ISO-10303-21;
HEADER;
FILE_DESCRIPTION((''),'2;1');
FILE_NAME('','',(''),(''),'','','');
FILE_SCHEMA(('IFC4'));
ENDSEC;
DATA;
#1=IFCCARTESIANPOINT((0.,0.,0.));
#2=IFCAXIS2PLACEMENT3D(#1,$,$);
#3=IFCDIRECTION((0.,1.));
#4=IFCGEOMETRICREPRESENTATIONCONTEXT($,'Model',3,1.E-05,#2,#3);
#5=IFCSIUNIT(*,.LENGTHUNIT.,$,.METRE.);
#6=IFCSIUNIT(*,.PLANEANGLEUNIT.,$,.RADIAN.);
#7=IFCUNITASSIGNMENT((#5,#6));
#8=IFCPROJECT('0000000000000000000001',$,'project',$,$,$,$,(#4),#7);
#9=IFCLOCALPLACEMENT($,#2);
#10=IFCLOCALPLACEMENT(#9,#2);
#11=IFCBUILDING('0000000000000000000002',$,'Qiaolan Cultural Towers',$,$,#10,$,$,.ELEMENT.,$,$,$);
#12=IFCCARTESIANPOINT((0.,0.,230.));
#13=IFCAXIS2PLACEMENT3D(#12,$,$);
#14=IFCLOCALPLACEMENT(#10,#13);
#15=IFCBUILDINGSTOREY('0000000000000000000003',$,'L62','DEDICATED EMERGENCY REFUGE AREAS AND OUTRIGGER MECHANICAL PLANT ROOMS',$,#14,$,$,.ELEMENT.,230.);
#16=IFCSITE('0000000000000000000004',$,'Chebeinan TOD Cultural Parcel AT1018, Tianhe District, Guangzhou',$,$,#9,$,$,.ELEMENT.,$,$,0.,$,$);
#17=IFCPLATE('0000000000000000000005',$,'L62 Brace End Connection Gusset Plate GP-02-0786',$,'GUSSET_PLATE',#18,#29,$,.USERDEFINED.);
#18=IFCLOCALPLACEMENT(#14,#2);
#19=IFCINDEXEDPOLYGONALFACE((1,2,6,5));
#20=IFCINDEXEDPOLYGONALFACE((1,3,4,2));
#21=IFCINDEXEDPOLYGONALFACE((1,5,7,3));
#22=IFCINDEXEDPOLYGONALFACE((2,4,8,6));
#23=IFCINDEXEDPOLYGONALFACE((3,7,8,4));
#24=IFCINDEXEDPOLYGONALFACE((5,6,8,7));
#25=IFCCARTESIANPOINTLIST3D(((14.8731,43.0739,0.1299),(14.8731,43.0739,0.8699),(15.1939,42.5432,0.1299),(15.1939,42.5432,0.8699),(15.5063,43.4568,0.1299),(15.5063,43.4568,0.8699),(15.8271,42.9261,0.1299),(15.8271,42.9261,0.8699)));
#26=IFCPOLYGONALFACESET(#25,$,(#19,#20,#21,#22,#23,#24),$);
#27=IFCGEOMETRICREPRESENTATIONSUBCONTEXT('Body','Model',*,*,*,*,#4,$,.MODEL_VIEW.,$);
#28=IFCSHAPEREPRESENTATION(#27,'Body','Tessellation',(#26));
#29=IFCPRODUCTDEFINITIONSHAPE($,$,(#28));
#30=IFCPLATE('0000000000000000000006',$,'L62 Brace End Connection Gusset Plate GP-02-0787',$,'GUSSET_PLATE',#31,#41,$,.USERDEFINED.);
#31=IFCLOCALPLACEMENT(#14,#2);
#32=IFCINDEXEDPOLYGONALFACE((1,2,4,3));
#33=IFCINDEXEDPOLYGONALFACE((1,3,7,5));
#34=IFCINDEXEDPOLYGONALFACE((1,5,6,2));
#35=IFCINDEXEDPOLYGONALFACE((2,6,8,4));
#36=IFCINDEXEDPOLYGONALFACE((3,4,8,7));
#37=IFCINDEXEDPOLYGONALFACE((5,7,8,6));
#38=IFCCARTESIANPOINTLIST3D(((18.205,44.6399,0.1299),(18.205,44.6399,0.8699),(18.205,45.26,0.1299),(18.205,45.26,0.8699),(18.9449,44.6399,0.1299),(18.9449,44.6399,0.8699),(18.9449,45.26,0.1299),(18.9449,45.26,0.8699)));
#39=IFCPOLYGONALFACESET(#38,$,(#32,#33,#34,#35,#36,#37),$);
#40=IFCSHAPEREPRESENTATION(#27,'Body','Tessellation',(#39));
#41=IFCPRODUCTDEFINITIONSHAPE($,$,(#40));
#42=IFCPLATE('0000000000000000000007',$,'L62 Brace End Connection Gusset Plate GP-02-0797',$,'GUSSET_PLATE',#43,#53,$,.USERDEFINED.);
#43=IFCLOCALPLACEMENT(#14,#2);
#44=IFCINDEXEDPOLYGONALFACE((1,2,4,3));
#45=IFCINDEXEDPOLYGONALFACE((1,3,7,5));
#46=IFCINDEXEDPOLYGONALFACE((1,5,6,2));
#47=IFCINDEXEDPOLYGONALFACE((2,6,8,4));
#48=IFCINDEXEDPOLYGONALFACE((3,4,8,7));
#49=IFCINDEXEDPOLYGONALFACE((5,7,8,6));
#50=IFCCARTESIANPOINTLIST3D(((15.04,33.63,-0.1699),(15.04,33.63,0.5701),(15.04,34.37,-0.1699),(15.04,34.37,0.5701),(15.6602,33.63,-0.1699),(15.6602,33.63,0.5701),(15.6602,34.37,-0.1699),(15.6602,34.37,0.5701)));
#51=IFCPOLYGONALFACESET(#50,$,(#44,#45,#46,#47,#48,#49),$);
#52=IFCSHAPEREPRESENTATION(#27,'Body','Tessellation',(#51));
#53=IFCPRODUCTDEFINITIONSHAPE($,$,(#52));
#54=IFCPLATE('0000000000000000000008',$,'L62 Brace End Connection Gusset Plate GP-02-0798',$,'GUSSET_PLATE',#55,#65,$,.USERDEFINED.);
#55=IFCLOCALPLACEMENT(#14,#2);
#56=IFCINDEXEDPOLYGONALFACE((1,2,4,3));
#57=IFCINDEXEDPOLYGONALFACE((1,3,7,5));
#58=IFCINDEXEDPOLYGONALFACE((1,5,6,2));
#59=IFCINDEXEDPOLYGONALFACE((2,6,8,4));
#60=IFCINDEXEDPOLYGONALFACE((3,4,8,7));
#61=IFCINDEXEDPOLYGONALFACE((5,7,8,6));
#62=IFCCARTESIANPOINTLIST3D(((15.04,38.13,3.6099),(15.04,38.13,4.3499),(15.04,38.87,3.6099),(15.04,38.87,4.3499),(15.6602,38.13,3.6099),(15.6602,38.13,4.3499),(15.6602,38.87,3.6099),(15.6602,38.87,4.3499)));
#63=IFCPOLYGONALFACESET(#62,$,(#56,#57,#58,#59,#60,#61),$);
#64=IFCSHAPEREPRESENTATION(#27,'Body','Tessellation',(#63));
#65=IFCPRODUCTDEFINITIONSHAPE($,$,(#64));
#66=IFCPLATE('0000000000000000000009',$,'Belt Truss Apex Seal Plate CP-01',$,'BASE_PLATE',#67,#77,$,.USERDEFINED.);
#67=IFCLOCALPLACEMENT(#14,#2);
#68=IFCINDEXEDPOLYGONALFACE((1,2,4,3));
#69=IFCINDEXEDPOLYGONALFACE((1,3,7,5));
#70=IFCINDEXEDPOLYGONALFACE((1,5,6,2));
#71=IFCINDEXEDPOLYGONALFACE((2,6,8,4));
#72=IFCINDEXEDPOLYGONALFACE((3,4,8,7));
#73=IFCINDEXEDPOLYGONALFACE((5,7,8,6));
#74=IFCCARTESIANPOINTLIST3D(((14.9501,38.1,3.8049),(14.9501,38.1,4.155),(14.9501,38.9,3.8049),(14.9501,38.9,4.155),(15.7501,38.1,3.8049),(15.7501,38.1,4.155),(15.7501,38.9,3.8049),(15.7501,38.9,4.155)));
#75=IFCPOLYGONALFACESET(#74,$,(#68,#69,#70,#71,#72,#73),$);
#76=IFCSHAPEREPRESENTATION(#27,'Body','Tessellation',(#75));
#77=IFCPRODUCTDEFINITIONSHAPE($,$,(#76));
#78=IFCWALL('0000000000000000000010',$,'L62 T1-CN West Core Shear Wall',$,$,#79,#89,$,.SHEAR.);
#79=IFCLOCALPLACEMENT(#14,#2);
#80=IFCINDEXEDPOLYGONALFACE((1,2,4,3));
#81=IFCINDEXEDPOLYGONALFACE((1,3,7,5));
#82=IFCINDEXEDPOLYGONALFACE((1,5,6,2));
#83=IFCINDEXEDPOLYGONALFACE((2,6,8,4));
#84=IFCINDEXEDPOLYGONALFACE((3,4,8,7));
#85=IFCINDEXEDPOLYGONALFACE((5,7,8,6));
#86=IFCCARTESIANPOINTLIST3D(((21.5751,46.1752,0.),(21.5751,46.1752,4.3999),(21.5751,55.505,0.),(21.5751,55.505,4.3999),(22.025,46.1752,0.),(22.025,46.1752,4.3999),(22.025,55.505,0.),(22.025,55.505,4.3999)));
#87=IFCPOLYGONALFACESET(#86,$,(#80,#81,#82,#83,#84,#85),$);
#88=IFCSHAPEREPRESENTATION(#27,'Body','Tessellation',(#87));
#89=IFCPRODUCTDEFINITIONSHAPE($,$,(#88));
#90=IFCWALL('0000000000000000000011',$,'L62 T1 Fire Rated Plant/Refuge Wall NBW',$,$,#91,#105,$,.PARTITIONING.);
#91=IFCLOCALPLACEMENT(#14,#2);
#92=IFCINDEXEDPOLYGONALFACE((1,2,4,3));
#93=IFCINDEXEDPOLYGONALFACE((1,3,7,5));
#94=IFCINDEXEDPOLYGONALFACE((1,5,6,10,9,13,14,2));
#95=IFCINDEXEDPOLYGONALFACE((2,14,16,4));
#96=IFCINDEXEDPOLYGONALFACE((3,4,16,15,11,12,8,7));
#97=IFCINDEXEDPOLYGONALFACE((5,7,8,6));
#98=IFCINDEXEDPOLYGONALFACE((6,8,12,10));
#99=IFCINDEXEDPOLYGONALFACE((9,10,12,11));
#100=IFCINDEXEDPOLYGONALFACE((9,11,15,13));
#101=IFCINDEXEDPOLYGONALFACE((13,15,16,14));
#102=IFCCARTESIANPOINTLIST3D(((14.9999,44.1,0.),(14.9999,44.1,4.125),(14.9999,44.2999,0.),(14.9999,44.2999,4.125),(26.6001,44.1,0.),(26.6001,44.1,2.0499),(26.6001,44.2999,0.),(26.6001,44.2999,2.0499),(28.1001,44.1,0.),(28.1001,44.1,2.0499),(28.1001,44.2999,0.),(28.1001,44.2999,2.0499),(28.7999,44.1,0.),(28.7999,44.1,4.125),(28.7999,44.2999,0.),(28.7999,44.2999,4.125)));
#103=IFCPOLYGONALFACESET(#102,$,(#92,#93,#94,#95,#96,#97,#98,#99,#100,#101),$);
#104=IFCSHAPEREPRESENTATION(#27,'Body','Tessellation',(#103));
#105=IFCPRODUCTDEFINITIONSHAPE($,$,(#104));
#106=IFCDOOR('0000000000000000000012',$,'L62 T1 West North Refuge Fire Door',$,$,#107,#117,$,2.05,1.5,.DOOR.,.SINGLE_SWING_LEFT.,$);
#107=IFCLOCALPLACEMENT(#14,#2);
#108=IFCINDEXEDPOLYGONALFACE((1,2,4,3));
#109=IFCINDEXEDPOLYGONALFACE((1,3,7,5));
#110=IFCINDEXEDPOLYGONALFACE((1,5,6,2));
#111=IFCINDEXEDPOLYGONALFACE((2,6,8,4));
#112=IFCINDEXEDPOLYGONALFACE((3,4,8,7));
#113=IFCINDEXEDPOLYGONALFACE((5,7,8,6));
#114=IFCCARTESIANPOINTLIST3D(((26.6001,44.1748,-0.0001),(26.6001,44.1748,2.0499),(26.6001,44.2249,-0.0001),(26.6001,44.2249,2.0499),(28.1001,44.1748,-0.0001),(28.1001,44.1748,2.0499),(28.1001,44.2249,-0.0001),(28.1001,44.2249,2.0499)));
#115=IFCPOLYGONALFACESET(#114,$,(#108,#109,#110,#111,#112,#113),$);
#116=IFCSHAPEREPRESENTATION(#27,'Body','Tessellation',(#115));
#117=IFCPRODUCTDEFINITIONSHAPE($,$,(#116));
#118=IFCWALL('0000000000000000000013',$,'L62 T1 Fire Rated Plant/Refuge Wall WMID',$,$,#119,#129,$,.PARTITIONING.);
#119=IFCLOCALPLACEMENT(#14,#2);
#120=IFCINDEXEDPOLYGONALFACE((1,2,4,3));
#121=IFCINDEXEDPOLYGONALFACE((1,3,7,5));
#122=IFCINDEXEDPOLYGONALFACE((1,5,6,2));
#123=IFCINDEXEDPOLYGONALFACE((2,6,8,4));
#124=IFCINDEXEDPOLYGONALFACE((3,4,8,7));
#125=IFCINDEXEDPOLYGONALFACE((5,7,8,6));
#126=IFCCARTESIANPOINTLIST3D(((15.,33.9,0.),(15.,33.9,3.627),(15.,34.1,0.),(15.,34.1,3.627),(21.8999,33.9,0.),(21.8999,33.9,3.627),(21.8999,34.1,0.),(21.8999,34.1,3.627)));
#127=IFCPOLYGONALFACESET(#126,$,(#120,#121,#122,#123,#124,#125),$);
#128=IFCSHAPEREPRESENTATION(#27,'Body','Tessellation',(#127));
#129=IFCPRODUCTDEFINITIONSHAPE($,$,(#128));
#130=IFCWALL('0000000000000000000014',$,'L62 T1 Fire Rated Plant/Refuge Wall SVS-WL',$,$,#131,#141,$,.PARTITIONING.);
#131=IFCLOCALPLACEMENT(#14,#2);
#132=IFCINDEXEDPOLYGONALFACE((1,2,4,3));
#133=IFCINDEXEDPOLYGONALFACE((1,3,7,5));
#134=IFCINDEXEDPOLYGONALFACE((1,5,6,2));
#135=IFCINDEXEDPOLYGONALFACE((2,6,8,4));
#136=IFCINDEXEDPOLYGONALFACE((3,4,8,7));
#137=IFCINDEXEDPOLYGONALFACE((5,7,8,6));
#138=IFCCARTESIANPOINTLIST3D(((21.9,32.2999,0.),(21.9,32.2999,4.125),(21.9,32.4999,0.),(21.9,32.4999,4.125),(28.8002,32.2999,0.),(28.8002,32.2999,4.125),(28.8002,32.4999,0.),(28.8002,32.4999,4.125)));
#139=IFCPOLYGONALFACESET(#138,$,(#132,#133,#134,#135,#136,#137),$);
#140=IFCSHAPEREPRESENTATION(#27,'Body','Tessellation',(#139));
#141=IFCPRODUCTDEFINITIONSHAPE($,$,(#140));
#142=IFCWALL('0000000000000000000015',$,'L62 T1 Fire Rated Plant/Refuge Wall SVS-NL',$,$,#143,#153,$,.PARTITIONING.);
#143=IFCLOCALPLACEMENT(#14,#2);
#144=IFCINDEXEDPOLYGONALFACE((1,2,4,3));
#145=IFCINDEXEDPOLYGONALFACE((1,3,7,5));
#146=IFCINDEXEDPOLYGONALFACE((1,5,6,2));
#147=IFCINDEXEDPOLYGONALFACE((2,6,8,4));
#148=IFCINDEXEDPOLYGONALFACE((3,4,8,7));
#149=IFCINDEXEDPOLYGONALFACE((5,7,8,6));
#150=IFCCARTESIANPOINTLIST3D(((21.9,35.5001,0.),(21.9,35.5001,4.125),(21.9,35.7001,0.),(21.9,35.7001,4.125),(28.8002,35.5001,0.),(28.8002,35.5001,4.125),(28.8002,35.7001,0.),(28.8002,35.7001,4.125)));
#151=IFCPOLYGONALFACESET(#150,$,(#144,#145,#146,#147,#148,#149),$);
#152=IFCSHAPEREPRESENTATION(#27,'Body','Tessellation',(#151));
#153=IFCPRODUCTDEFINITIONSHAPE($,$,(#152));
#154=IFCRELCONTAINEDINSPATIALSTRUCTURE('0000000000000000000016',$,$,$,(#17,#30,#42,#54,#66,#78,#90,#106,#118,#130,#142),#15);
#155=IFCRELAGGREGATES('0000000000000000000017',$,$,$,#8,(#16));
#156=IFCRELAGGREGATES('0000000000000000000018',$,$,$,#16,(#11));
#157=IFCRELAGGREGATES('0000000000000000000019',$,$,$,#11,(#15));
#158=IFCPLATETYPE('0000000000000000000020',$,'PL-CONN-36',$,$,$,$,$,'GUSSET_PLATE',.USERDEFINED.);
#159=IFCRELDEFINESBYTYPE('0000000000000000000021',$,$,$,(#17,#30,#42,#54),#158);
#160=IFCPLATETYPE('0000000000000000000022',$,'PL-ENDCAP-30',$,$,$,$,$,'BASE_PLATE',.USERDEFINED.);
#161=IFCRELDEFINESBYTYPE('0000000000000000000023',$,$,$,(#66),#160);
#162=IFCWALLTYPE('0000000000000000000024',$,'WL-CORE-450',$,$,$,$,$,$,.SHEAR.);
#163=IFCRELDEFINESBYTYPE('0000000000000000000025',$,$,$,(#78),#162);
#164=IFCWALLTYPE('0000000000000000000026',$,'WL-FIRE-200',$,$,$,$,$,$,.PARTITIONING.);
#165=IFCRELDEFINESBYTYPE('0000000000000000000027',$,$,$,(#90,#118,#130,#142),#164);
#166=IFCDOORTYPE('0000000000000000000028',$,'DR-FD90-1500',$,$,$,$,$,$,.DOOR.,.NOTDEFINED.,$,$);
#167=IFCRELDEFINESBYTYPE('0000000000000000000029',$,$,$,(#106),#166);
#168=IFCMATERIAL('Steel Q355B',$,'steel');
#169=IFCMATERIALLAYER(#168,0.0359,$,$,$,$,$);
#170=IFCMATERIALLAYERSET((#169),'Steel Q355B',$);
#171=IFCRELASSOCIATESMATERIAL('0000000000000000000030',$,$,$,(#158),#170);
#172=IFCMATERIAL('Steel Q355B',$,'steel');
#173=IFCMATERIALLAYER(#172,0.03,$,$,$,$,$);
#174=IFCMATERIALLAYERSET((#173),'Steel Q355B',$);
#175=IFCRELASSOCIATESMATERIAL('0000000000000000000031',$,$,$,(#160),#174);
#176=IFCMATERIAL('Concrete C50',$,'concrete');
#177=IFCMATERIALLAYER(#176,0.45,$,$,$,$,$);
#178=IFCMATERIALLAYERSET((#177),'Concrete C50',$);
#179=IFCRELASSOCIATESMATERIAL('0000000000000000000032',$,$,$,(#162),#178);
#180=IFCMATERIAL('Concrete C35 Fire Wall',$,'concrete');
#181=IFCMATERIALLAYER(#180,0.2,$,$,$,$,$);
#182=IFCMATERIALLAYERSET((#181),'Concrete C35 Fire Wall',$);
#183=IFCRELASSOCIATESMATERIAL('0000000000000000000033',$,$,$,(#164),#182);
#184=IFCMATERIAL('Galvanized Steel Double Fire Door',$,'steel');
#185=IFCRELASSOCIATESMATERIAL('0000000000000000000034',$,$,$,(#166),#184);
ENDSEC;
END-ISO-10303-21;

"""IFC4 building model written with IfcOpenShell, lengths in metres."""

from ifc_helpers import new_model, si_unit, direction, frame, frame_2d, origin, origin_2d, place, context, subcontext, project, spatial, rectangle, extrude, material, layer, layer_set, type_object, element, fill, save


model = new_model("IFC4")

# Units and contexts
model_context = context("Model", 3, precision=1e-05, world=origin(), true_north=direction((0.0, 1.0)))
body_context = subcontext(model_context, "Body", "Model", "MODEL_VIEW")
ifc_project = project(units=[si_unit("LENGTHUNIT", "METRE"), si_unit("PLANEANGLEUNIT", "RADIAN")], contexts=[model_context])

# Site, building, storey
site_placement = place(None, origin())
site = spatial("IfcSite", under=ifc_project, at=site_placement, Name="Chebeinan TOD Cultural Parcel AT1018, Tianhe District, Guangzhou", CompositionType="ELEMENT", RefElevation=0.0)
building_placement = place(site_placement, origin())
building = spatial("IfcBuilding", under=site, at=building_placement, Name="Qiaolan Cultural Towers", CompositionType="ELEMENT")
storey_placement = place(building_placement, frame((0.0, 0.0, 230.0)))
storey = spatial("IfcBuildingStorey", under=building, at=storey_placement, Name="L62", Description="DEDICATED EMERGENCY REFUGE AREAS AND OUTRIGGER MECHANICAL PLANT ROOMS", CompositionType="ELEMENT", Elevation=230.0)

# Plates
ifc_material_1 = material(Name="Steel Q355B", Category="steel")
ifc_layer_1 = layer(ifc_material_1, 0.0359)
ifc_layer_set_1 = layer_set([ifc_layer_1], Name="Steel Q355B")
plate_type_1 = type_object("IfcPlateType", Name="PL-CONN-36", ElementType="GUSSET_PLATE", PredefinedType="USERDEFINED", material=ifc_layer_set_1)
for number, where, z_axis, x_axis, name in (
    (1, (15.3501, 43.0, 0.1299), (0.0, 0.0, 1.0), (0.855732, 0.517419, 0.0), "L62 Brace End Connection Gusset Plate GP-02-0786"),
    (2, (18.575, 44.95, 0.1299), (0.0, 0.0, 1.0), (1.0, 0.0, 0.0), "L62 Brace End Connection Gusset Plate GP-02-0787"),
    (3, (15.3501, 34.0, -0.1699), (0.0, 0.0, 1.0), (0.0, 1.0, 0.0), "L62 Brace End Connection Gusset Plate GP-02-0797"),
    (4, (15.3501, 38.5, 3.6099), (0.0, 0.0, 1.0), (0.0, 1.0, 0.0), "L62 Brace End Connection Gusset Plate GP-02-0798"),
):
    element("IfcPlate", number, at=place(storey_placement, frame(where, z_axis=z_axis, x_axis=x_axis)), inside=storey, type_object=plate_type_1, Name=name, ObjectType="GUSSET_PLATE", PredefinedType="USERDEFINED", context=body_context, shape_type="SweptSolid", body=[
        extrude(rectangle(XDim=0.74, YDim=0.6201, at=origin_2d()), origin(), (0.0, 0.0, 1.0), 0.74),
    ])
ifc_material_2 = material(Name="Steel Q355B", Category="steel")
ifc_layer_2 = layer(ifc_material_2, 0.03)
ifc_layer_set_2 = layer_set([ifc_layer_2], Name="Steel Q355B")
plate_type_2 = type_object("IfcPlateType", Name="PL-ENDCAP-30", ElementType="BASE_PLATE", PredefinedType="USERDEFINED", material=ifc_layer_set_2)
plate_placement = place(storey_placement, frame((15.3501, 38.5, 3.8049), z_axis=(0.0, 0.0, 1.0), x_axis=(1.0, 0.0, 0.0)))
element("IfcPlate", 5, at=plate_placement, inside=storey, type_object=plate_type_2, Name="Belt Truss Apex Seal Plate CP-01", ObjectType="BASE_PLATE", PredefinedType="USERDEFINED", context=body_context, shape_type="SweptSolid", body=[
    extrude(rectangle(XDim=0.8, YDim=0.8, at=origin_2d()), origin(), (0.0, 0.0, 1.0), 0.3501),
])

# Wall
ifc_material_3 = material(Name="Concrete C50", Category="concrete")
ifc_layer_3 = layer(ifc_material_3, 0.45)
ifc_layer_set_3 = layer_set([ifc_layer_3], Name="Concrete C50")
wall_type_1 = type_object("IfcWallType", Name="WL-CORE-450", PredefinedType="SHEAR", material=ifc_layer_set_3)
wall_1_placement = place(storey_placement, frame((21.8, 46.175, 0.0), z_axis=(0.0, 0.0, 1.0), x_axis=(0.0, 1.0, 0.0)))
element("IfcWall", 6, at=wall_1_placement, inside=storey, type_object=wall_type_1, Name="L62 T1-CN West Core Shear Wall", PredefinedType="SHEAR", context=body_context, shape_type="SweptSolid", body=[
    extrude(rectangle(XDim=9.3298, YDim=0.45, at=frame_2d((4.665, 0.0))), origin(), (0.0, 0.0, 1.0), 4.3999),
])

# Wall, opening, door
ifc_material_4 = material(Name="Concrete C35 Fire Wall", Category="concrete")
ifc_layer_4 = layer(ifc_material_4, 0.2)
ifc_layer_set_4 = layer_set([ifc_layer_4], Name="Concrete C35 Fire Wall")
wall_type_2 = type_object("IfcWallType", Name="WL-FIRE-200", PredefinedType="PARTITIONING", material=ifc_layer_set_4)
wall_2_placement = place(storey_placement, frame((15.0, 44.2, 0.0), z_axis=(0.0, 0.0, 1.0), x_axis=(1.0, 0.0, 0.0)))
wall_2 = element("IfcWall", 7, at=wall_2_placement, inside=storey, type_object=wall_type_2, Name="L62 T1 Fire Rated Plant/Refuge Wall NBW", PredefinedType="PARTITIONING", context=body_context, shape_type="SweptSolid", body=[
    extrude(rectangle(XDim=13.8, YDim=0.2, at=frame_2d((6.8999, 0.0))), origin(), (0.0, 0.0, 1.0), 4.125),
])
opening_placement = place(wall_2_placement, frame((11.6001, 0.0, 0.0)))
opening = element("IfcOpeningElement", 8, at=opening_placement, cuts=wall_2, PredefinedType="OPENING", context=body_context, shape_type="SweptSolid", body=[
    extrude(rectangle(XDim=1.5, YDim=2.05, at=frame_2d((0.75, 1.0249))), frame((0.0, 0.1099, 0.0), z_axis=(0.0, -1.0, 0.0), x_axis=(1.0, 0.0, 0.0)), (0.0, 0.0, 1.0), 0.22),
])
ifc_material_5 = material(Name="Galvanized Steel Double Fire Door", Category="steel")
door_type = type_object("IfcDoorType", Name="DR-FD90-1500", OperationType="NOTDEFINED", PredefinedType="DOOR", material=ifc_material_5)
door_placement = place(opening_placement, origin())
door = element("IfcDoor", 9, at=door_placement, inside=storey, type_object=door_type, Name="L62 T1 West North Refuge Fire Door", OperationType="SINGLE_SWING_LEFT", OverallHeight=2.05, OverallWidth=1.5, PredefinedType="DOOR", context=body_context, shape_type="SweptSolid", body=[
    extrude(rectangle(XDim=1.5, YDim=2.05, at=frame_2d((0.75, 1.0249))), frame((0.0, 0.0249, 0.0), z_axis=(0.0, -1.0, 0.0), x_axis=(1.0, 0.0, 0.0)), (0.0, 0.0, 1.0), 0.05),
])
fill(opening, door)

# Walls
wall_3_placement = place(storey_placement, frame((15.0, 34.0, 0.0), z_axis=(0.0, 0.0, 1.0), x_axis=(1.0, 0.0, 0.0)))
element("IfcWall", 10, at=wall_3_placement, inside=storey, type_object=wall_type_2, Name="L62 T1 Fire Rated Plant/Refuge Wall WMID", PredefinedType="PARTITIONING", context=body_context, shape_type="SweptSolid", body=[
    extrude(rectangle(XDim=6.8999, YDim=0.2, at=frame_2d((3.45, 0.0))), origin(), (0.0, 0.0, 1.0), 3.627),
])
for number, where, z_axis, x_axis, name in (
    (11, (21.8999, 32.3999, 0.0), (0.0, 0.0, 1.0), (1.0, 0.0, 0.0), "L62 T1 Fire Rated Plant/Refuge Wall SVS-WL"),
    (12, (21.8999, 35.6001, 0.0), (0.0, 0.0, 1.0), (1.0, 0.0, 0.0), "L62 T1 Fire Rated Plant/Refuge Wall SVS-NL"),
):
    element("IfcWall", number, at=place(storey_placement, frame(where, z_axis=z_axis, x_axis=x_axis)), inside=storey, type_object=wall_type_2, Name=name, PredefinedType="PARTITIONING", context=body_context, shape_type="SweptSolid", body=[
        extrude(rectangle(XDim=6.9001, YDim=0.2, at=frame_2d((3.4502, 0.0))), origin(), (0.0, 0.0, 1.0), 4.125),
    ])

save(model, "model.ifc")
